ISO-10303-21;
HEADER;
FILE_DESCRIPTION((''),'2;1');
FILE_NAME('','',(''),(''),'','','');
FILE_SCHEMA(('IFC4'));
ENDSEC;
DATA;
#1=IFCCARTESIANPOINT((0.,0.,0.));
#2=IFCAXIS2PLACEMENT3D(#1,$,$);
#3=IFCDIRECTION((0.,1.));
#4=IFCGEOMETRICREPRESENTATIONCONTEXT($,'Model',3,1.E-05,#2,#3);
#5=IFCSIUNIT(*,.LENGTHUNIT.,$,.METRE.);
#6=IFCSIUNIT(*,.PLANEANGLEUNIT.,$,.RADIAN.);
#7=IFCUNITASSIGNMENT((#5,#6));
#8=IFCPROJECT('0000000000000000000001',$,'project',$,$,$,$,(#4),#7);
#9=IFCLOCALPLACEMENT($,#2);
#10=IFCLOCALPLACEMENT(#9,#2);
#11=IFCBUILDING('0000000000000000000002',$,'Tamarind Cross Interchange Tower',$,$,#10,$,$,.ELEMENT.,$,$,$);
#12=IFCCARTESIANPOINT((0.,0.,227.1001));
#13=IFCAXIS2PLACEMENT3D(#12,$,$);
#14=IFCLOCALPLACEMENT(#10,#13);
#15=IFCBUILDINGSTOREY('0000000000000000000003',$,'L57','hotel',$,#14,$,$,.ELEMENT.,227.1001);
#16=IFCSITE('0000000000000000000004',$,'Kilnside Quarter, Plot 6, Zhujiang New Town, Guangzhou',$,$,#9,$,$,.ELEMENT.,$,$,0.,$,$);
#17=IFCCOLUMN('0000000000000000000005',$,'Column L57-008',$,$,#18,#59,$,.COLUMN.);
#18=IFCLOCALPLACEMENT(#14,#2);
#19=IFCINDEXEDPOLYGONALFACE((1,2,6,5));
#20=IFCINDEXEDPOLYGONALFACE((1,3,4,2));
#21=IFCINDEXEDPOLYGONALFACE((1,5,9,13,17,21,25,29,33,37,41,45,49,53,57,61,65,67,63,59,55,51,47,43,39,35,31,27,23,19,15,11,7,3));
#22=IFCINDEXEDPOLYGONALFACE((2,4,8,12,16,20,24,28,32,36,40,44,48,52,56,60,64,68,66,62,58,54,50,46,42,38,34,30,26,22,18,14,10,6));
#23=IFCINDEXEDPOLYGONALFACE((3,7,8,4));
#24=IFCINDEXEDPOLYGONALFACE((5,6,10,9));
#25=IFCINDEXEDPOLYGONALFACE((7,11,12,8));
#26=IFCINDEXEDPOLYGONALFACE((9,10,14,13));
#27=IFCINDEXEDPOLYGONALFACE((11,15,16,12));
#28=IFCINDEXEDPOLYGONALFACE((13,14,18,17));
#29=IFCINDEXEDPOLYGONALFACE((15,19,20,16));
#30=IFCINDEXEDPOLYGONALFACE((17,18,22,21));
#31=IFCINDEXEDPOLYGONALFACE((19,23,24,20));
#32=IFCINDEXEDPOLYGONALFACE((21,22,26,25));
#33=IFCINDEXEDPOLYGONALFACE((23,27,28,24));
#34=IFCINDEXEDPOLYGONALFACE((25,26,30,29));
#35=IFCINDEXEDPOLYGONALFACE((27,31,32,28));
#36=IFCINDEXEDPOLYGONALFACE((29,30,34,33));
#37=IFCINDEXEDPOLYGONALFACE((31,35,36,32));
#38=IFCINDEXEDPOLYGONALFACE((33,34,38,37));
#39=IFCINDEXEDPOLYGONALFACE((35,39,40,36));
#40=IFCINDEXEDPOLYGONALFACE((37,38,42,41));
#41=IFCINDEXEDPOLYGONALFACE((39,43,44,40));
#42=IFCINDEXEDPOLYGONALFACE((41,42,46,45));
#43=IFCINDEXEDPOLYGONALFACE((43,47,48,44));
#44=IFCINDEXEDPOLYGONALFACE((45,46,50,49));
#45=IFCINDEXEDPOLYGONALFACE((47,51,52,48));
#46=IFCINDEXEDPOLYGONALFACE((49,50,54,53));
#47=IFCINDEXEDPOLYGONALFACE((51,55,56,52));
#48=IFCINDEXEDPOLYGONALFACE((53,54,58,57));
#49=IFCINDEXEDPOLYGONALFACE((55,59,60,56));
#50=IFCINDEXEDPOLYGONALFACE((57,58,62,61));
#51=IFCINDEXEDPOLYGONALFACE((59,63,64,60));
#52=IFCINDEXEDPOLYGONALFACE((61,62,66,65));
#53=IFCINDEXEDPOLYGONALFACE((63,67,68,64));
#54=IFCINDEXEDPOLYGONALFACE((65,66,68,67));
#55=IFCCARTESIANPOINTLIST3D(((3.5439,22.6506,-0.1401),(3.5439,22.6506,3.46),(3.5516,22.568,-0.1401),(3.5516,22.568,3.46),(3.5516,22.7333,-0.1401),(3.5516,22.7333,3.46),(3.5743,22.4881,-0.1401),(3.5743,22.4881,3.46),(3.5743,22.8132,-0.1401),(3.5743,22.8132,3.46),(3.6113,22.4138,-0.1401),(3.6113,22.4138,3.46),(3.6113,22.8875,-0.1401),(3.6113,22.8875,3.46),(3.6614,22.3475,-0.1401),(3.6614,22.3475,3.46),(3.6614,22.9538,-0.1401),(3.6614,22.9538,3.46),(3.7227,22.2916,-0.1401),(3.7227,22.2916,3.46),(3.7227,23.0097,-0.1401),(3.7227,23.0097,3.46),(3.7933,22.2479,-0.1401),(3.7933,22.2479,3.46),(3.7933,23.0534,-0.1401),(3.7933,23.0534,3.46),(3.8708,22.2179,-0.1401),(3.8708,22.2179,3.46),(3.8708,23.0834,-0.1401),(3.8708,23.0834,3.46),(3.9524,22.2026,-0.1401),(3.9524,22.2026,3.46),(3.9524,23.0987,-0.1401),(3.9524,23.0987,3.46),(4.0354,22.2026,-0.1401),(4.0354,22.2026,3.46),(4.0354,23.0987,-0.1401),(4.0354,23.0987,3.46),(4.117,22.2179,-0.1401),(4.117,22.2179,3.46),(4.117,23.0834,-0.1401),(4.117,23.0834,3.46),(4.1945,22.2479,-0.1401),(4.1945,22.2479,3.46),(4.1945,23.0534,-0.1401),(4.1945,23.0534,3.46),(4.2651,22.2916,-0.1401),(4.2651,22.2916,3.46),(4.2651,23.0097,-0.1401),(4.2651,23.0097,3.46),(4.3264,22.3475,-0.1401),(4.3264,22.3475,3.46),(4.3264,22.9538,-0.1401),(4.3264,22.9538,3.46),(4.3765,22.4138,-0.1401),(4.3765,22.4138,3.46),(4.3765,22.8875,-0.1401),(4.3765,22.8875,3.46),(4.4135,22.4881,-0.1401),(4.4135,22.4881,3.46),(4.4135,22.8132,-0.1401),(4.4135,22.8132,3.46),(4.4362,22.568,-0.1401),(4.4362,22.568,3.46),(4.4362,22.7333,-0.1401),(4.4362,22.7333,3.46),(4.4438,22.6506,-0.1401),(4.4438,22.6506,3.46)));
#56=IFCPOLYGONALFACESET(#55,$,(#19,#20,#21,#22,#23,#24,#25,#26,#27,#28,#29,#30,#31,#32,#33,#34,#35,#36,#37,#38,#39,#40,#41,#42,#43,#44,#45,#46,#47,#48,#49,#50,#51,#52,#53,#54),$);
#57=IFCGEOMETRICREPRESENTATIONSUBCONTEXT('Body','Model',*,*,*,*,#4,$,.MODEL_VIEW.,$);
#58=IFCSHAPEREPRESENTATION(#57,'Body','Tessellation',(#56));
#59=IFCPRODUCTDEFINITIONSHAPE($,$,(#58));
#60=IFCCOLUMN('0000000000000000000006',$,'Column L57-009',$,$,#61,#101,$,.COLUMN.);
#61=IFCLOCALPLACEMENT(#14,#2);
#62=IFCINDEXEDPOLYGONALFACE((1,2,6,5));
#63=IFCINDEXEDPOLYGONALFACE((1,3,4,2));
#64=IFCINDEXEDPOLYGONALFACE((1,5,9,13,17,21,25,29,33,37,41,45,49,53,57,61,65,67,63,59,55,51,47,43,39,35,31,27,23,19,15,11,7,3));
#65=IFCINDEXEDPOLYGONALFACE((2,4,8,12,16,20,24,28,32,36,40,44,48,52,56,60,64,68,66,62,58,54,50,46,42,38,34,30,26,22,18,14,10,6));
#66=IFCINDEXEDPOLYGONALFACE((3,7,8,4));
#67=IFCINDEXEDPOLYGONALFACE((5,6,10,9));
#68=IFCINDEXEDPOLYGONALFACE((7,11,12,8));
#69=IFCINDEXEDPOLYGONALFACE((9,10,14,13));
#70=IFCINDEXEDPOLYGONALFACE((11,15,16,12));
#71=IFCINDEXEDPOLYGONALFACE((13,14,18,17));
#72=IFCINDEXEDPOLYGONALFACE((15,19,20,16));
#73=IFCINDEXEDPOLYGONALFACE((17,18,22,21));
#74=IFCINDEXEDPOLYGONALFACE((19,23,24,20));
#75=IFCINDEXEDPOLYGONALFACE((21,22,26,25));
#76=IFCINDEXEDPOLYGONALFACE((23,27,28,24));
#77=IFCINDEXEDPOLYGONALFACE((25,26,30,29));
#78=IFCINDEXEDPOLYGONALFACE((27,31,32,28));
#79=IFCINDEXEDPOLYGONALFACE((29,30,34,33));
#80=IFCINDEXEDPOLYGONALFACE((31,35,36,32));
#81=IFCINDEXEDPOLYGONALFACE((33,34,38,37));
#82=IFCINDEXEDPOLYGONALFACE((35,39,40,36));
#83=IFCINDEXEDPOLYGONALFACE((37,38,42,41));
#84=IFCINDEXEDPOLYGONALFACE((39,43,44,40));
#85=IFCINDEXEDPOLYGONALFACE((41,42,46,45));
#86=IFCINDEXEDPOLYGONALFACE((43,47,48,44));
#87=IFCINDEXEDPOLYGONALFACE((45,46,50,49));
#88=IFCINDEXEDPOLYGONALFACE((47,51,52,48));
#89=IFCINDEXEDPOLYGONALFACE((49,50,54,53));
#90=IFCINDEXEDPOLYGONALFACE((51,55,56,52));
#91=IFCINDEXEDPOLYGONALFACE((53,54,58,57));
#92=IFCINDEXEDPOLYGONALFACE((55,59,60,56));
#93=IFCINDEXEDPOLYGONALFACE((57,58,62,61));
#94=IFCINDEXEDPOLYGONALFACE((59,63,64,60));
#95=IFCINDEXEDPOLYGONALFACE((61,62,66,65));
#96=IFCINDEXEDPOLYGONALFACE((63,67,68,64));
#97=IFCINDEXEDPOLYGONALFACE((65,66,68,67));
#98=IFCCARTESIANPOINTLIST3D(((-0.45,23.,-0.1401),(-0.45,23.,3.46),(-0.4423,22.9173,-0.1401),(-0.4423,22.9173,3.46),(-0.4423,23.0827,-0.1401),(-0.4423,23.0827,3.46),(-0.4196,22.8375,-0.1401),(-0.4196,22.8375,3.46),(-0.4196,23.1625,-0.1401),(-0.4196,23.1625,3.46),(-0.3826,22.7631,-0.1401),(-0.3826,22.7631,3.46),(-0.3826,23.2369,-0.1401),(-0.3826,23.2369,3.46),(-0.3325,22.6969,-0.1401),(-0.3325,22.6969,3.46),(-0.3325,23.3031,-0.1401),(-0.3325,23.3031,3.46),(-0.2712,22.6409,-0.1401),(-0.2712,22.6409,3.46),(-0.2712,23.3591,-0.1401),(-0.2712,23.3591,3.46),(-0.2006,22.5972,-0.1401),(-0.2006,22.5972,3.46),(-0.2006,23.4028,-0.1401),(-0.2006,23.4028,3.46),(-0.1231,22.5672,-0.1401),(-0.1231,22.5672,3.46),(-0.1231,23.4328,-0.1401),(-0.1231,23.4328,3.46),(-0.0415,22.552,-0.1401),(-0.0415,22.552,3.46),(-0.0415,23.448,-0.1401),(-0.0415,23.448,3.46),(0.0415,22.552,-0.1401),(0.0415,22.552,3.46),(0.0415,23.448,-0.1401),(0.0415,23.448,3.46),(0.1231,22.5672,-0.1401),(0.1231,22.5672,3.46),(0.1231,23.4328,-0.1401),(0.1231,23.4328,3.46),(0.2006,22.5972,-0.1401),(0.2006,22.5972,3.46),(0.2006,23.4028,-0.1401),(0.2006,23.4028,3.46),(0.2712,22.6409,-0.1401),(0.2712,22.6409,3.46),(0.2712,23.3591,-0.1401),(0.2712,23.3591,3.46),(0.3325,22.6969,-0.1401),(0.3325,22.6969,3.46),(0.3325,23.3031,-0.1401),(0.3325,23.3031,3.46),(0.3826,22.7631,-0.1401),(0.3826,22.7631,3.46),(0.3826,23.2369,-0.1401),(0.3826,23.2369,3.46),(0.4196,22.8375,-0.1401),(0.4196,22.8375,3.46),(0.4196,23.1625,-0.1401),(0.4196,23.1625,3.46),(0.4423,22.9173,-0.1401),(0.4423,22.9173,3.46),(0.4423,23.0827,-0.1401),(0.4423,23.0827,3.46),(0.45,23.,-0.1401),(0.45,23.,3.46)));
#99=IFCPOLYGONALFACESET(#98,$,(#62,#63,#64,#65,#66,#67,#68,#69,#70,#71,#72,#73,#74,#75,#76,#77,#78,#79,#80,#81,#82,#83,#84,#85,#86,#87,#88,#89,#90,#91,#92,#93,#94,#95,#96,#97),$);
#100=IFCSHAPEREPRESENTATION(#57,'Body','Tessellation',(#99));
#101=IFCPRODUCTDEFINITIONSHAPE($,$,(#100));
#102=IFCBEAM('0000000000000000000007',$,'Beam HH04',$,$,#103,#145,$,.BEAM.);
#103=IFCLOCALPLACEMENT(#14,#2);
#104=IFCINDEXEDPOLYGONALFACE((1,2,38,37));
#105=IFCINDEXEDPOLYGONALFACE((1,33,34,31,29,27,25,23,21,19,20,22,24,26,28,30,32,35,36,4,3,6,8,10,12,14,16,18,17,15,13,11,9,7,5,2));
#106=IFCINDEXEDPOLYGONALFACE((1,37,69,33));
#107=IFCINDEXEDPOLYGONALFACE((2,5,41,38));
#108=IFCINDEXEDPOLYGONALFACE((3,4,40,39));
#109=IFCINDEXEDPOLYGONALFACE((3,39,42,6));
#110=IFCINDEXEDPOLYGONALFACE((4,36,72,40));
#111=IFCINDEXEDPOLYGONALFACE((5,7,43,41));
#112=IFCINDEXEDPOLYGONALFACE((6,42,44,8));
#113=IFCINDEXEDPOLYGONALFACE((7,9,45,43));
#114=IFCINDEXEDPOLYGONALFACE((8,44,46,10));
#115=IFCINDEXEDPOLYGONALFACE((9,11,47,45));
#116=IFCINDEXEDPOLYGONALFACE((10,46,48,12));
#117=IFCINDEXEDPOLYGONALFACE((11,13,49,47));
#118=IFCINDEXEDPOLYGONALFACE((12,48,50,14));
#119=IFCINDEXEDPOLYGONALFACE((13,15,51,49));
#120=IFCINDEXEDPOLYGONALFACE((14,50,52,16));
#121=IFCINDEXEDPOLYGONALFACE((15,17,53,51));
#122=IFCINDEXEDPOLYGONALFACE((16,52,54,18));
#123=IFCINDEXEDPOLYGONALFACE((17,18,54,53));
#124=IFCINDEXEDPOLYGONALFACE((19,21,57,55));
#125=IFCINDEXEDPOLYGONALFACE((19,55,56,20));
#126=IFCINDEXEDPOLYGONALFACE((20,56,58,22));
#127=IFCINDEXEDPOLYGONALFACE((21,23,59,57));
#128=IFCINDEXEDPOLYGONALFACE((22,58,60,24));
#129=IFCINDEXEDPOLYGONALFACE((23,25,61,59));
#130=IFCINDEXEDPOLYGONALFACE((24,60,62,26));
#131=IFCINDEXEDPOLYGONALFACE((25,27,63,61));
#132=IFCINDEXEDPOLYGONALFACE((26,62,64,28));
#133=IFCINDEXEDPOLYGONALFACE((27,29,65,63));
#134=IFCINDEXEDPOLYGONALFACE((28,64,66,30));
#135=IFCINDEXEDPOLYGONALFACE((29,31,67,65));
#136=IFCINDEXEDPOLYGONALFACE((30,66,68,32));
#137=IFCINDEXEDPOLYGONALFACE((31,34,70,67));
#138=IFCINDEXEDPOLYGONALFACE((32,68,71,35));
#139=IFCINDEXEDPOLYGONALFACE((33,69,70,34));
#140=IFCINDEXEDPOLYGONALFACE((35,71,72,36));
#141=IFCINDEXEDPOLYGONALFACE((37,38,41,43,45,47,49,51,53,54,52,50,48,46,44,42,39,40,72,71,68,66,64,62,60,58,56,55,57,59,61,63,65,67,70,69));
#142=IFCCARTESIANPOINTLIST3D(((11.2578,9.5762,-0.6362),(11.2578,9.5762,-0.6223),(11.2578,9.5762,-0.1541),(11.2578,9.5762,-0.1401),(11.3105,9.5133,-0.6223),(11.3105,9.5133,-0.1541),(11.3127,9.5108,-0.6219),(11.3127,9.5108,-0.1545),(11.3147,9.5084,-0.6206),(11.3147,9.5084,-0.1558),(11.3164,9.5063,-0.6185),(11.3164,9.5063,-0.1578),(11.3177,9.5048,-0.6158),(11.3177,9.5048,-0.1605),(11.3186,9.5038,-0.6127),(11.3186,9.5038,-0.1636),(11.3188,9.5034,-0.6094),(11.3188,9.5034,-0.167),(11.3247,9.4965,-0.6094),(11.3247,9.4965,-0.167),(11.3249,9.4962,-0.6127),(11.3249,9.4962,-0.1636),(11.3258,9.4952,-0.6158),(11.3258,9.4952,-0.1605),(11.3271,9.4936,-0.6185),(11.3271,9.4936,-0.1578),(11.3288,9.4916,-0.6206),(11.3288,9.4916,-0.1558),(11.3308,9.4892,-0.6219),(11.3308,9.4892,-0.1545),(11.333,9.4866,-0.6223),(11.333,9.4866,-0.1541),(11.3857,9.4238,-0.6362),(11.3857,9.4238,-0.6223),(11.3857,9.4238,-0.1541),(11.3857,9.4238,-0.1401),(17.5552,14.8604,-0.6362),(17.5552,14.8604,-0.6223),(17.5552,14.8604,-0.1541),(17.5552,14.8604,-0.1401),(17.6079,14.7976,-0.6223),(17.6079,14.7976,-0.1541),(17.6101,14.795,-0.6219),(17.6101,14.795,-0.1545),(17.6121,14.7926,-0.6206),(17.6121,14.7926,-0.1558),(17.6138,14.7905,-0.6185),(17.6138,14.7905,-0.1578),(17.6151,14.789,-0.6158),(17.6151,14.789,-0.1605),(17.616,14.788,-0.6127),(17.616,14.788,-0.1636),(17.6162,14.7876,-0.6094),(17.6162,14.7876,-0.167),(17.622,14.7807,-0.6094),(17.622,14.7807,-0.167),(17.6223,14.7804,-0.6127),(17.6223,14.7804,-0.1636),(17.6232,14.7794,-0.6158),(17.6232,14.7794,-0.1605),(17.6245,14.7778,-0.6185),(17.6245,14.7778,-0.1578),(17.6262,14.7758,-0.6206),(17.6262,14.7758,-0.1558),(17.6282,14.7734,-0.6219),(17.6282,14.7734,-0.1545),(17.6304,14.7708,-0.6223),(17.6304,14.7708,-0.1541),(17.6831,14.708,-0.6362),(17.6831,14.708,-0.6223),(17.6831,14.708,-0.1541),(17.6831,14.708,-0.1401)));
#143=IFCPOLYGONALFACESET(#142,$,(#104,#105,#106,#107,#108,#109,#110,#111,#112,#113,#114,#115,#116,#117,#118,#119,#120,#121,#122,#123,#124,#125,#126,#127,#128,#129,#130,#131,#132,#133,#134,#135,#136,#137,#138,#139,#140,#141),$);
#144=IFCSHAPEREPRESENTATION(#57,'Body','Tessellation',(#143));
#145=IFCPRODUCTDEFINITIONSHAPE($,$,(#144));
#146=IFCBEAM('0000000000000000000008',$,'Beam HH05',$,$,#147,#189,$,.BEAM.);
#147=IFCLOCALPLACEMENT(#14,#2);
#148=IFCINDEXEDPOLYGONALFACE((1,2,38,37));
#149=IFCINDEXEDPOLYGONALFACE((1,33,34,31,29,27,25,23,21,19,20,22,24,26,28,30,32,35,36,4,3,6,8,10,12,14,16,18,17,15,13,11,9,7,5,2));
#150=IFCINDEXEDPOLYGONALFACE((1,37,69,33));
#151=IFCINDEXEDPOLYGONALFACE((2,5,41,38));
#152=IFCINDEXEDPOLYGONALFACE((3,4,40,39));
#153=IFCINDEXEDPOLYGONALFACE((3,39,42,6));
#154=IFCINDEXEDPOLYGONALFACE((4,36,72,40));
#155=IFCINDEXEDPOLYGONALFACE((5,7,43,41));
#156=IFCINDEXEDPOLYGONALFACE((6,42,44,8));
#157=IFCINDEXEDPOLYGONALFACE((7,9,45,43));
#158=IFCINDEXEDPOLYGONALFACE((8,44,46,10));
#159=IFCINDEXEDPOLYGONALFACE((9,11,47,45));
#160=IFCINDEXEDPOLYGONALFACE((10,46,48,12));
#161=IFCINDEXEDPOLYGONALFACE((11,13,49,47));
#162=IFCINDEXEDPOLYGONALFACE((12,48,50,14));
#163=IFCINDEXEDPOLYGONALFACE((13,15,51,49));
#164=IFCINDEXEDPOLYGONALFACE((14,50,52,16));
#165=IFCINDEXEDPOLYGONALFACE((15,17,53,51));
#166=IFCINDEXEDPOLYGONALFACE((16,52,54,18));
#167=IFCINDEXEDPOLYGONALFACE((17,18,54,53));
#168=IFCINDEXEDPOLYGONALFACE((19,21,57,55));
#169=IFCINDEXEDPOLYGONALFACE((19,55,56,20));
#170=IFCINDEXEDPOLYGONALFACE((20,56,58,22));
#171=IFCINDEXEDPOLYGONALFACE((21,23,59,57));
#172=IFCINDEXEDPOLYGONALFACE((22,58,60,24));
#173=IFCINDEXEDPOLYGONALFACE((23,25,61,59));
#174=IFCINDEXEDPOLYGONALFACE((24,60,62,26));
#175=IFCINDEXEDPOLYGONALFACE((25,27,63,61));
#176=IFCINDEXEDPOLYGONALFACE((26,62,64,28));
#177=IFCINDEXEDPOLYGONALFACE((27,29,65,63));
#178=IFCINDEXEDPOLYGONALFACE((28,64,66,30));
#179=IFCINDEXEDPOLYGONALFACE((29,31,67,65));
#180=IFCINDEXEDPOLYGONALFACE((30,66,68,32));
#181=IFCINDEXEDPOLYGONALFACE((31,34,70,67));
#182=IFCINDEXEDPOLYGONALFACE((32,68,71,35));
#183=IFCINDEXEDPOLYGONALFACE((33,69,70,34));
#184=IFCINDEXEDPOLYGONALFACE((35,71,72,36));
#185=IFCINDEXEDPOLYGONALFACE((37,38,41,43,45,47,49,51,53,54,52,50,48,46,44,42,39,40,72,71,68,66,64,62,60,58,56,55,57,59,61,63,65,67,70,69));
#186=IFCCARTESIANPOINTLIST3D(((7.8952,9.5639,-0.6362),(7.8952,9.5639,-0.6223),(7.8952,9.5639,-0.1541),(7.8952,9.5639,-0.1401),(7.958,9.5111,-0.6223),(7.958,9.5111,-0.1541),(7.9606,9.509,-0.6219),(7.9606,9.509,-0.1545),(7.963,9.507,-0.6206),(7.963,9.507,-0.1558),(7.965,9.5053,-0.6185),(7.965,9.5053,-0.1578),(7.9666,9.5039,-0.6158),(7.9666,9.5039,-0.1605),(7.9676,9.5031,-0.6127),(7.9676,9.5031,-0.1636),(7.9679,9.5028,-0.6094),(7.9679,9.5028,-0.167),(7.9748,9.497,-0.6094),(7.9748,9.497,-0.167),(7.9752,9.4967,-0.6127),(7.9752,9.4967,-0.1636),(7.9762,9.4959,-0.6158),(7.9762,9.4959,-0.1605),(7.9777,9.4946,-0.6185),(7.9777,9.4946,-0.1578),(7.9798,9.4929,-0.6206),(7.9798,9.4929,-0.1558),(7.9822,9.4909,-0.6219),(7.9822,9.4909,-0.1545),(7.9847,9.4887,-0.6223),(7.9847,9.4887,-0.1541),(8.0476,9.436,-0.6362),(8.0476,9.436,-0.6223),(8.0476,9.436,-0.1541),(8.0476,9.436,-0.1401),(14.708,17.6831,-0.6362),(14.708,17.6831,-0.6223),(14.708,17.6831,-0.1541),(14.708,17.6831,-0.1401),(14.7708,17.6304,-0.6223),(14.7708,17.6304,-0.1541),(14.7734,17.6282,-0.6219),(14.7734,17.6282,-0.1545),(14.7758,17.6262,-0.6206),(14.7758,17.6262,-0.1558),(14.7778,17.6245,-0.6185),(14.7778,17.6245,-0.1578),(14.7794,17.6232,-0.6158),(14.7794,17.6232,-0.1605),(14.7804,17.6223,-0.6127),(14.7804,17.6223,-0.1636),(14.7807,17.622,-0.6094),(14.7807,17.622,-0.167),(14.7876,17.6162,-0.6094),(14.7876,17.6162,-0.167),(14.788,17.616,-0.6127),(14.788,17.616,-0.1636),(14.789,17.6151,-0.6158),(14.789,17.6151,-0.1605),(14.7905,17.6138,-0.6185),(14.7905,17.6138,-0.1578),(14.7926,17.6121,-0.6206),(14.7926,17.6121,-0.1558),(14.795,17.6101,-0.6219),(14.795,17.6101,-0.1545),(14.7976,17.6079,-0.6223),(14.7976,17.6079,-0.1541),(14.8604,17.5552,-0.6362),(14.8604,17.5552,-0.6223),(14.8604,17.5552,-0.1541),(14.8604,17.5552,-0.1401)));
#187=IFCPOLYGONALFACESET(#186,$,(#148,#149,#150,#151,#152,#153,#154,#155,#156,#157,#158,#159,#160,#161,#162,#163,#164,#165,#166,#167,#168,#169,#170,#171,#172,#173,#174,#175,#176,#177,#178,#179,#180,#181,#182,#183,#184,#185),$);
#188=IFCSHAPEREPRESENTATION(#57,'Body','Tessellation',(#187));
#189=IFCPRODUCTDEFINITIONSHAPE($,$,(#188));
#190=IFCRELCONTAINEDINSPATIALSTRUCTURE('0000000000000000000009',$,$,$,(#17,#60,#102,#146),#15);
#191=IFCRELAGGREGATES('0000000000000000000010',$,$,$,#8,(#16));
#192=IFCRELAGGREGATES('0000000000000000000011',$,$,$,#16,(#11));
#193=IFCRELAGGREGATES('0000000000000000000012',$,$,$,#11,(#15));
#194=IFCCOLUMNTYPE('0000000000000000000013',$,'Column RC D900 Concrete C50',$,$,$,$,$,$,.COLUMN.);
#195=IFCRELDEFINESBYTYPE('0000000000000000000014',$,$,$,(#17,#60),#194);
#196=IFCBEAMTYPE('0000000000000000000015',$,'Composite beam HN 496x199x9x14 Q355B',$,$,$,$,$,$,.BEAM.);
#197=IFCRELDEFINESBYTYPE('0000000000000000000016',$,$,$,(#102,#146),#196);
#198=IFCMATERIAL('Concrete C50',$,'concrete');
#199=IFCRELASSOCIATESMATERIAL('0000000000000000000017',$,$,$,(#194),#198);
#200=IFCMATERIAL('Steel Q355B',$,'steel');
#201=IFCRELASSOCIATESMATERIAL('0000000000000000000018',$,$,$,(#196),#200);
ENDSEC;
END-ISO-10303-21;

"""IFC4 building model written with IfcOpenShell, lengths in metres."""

from ifc_helpers import new_model, si_unit, direction, frame, origin, origin_2d, place, context, subcontext, project, spatial, circle, i_section, extrude, material, material_profile, profile_set, type_object, element, save


model = new_model("IFC4")

# Units and contexts
model_context = context("Model", 3, precision=1e-05, world=origin(), true_north=direction((0.0, 1.0)))
body_context = subcontext(model_context, "Body", "Model", "MODEL_VIEW")
ifc_project = project(units=[si_unit("LENGTHUNIT", "METRE"), si_unit("PLANEANGLEUNIT", "RADIAN")], contexts=[model_context])

# Site, building, storey
site_placement = place(None, origin())
site = spatial("IfcSite", under=ifc_project, at=site_placement, Name="Kilnside Quarter, Plot 6, Zhujiang New Town, Guangzhou", CompositionType="ELEMENT", RefElevation=0.0)
building_placement = place(site_placement, origin())
building = spatial("IfcBuilding", under=site, at=building_placement, Name="Tamarind Cross Interchange Tower", CompositionType="ELEMENT")
storey_placement = place(building_placement, frame((0.0, 0.0, 227.1001)))
storey = spatial("IfcBuildingStorey", under=building, at=storey_placement, Name="L57", Description="hotel", CompositionType="ELEMENT", Elevation=227.1001)

# Columns
ifc_material_1 = material(Name="Concrete C50", Category="concrete")
ifc_material_profile_1 = material_profile(ifc_material_1, circle(Radius=0.45, at=origin_2d()), Name="RC D900")
ifc_profile_set_1 = profile_set([ifc_material_profile_1], Name="Concrete C50")
column_type = type_object("IfcColumnType", Name="Column RC D900 Concrete C50", PredefinedType="COLUMN", material=ifc_profile_set_1)
for number, where, z_axis, x_axis, name in (
    (1, (3.9939, 22.6506, -0.1401), (0.0, 0.0, 1.0), (1.0, 0.0, 0.0), "Column L57-008"),
    (2, (0.0, 23.0, -0.1401), (0.0, 0.0, 1.0), (1.0, 0.0, 0.0), "Column L57-009"),
):
    element("IfcColumn", number, at=place(storey_placement, frame(where, z_axis=z_axis, x_axis=x_axis)), inside=storey, type_object=column_type, Name=name, PredefinedType="COLUMN", context=body_context, shape_type="SweptSolid", body=[
        extrude(circle(Radius=0.45, at=origin_2d()), origin(), (0.0, 0.0, 1.0), 3.6001),
    ])

# Beams
ifc_material_2 = material(Name="Steel Q355B", Category="steel")
ifc_material_profile_2 = material_profile(ifc_material_2, i_section(OverallWidth=0.199, OverallDepth=0.4961, WebThickness=0.009, FlangeThickness=0.0139, FilletRadius=0.0129, at=origin_2d()), Name="HN 496x199x9x14")
ifc_profile_set_2 = profile_set([ifc_material_profile_2], Name="Steel Q355B")
beam_type = type_object("IfcBeamType", Name="Composite beam HN 496x199x9x14 Q355B", PredefinedType="BEAM", material=ifc_profile_set_2)
beam_1_placement = place(storey_placement, frame((17.6191, 14.7842, -0.3882), z_axis=(-0.766041, -0.642792, 0.0), x_axis=(0.642792, -0.766041, 0.0)))
element("IfcBeam", 3, at=beam_1_placement, inside=storey, type_object=beam_type, Name="Beam HH04", PredefinedType="BEAM", context=body_context, shape_type="SweptSolid", body=[
    extrude(i_section(OverallWidth=0.199, OverallDepth=0.4961, WebThickness=0.009, FlangeThickness=0.0139, FilletRadius=0.0129, at=origin_2d()), origin(), (0.0, 0.0, 1.0), 8.2207),
])
beam_2_placement = place(storey_placement, frame((14.7842, 17.6191, -0.3882), z_axis=(-0.642786, -0.766046, 0.0), x_axis=(0.766046, -0.642786, 0.0)))
element("IfcBeam", 4, at=beam_2_placement, inside=storey, type_object=beam_type, Name="Beam HH05", PredefinedType="BEAM", context=body_context, shape_type="SweptSolid", body=[
    extrude(i_section(OverallWidth=0.199, OverallDepth=0.4961, WebThickness=0.009, FlangeThickness=0.0139, FilletRadius=0.0129, at=origin_2d()), origin(), (0.0, 0.0, 1.0), 10.5989),
])

save(model, "model.ifc")
